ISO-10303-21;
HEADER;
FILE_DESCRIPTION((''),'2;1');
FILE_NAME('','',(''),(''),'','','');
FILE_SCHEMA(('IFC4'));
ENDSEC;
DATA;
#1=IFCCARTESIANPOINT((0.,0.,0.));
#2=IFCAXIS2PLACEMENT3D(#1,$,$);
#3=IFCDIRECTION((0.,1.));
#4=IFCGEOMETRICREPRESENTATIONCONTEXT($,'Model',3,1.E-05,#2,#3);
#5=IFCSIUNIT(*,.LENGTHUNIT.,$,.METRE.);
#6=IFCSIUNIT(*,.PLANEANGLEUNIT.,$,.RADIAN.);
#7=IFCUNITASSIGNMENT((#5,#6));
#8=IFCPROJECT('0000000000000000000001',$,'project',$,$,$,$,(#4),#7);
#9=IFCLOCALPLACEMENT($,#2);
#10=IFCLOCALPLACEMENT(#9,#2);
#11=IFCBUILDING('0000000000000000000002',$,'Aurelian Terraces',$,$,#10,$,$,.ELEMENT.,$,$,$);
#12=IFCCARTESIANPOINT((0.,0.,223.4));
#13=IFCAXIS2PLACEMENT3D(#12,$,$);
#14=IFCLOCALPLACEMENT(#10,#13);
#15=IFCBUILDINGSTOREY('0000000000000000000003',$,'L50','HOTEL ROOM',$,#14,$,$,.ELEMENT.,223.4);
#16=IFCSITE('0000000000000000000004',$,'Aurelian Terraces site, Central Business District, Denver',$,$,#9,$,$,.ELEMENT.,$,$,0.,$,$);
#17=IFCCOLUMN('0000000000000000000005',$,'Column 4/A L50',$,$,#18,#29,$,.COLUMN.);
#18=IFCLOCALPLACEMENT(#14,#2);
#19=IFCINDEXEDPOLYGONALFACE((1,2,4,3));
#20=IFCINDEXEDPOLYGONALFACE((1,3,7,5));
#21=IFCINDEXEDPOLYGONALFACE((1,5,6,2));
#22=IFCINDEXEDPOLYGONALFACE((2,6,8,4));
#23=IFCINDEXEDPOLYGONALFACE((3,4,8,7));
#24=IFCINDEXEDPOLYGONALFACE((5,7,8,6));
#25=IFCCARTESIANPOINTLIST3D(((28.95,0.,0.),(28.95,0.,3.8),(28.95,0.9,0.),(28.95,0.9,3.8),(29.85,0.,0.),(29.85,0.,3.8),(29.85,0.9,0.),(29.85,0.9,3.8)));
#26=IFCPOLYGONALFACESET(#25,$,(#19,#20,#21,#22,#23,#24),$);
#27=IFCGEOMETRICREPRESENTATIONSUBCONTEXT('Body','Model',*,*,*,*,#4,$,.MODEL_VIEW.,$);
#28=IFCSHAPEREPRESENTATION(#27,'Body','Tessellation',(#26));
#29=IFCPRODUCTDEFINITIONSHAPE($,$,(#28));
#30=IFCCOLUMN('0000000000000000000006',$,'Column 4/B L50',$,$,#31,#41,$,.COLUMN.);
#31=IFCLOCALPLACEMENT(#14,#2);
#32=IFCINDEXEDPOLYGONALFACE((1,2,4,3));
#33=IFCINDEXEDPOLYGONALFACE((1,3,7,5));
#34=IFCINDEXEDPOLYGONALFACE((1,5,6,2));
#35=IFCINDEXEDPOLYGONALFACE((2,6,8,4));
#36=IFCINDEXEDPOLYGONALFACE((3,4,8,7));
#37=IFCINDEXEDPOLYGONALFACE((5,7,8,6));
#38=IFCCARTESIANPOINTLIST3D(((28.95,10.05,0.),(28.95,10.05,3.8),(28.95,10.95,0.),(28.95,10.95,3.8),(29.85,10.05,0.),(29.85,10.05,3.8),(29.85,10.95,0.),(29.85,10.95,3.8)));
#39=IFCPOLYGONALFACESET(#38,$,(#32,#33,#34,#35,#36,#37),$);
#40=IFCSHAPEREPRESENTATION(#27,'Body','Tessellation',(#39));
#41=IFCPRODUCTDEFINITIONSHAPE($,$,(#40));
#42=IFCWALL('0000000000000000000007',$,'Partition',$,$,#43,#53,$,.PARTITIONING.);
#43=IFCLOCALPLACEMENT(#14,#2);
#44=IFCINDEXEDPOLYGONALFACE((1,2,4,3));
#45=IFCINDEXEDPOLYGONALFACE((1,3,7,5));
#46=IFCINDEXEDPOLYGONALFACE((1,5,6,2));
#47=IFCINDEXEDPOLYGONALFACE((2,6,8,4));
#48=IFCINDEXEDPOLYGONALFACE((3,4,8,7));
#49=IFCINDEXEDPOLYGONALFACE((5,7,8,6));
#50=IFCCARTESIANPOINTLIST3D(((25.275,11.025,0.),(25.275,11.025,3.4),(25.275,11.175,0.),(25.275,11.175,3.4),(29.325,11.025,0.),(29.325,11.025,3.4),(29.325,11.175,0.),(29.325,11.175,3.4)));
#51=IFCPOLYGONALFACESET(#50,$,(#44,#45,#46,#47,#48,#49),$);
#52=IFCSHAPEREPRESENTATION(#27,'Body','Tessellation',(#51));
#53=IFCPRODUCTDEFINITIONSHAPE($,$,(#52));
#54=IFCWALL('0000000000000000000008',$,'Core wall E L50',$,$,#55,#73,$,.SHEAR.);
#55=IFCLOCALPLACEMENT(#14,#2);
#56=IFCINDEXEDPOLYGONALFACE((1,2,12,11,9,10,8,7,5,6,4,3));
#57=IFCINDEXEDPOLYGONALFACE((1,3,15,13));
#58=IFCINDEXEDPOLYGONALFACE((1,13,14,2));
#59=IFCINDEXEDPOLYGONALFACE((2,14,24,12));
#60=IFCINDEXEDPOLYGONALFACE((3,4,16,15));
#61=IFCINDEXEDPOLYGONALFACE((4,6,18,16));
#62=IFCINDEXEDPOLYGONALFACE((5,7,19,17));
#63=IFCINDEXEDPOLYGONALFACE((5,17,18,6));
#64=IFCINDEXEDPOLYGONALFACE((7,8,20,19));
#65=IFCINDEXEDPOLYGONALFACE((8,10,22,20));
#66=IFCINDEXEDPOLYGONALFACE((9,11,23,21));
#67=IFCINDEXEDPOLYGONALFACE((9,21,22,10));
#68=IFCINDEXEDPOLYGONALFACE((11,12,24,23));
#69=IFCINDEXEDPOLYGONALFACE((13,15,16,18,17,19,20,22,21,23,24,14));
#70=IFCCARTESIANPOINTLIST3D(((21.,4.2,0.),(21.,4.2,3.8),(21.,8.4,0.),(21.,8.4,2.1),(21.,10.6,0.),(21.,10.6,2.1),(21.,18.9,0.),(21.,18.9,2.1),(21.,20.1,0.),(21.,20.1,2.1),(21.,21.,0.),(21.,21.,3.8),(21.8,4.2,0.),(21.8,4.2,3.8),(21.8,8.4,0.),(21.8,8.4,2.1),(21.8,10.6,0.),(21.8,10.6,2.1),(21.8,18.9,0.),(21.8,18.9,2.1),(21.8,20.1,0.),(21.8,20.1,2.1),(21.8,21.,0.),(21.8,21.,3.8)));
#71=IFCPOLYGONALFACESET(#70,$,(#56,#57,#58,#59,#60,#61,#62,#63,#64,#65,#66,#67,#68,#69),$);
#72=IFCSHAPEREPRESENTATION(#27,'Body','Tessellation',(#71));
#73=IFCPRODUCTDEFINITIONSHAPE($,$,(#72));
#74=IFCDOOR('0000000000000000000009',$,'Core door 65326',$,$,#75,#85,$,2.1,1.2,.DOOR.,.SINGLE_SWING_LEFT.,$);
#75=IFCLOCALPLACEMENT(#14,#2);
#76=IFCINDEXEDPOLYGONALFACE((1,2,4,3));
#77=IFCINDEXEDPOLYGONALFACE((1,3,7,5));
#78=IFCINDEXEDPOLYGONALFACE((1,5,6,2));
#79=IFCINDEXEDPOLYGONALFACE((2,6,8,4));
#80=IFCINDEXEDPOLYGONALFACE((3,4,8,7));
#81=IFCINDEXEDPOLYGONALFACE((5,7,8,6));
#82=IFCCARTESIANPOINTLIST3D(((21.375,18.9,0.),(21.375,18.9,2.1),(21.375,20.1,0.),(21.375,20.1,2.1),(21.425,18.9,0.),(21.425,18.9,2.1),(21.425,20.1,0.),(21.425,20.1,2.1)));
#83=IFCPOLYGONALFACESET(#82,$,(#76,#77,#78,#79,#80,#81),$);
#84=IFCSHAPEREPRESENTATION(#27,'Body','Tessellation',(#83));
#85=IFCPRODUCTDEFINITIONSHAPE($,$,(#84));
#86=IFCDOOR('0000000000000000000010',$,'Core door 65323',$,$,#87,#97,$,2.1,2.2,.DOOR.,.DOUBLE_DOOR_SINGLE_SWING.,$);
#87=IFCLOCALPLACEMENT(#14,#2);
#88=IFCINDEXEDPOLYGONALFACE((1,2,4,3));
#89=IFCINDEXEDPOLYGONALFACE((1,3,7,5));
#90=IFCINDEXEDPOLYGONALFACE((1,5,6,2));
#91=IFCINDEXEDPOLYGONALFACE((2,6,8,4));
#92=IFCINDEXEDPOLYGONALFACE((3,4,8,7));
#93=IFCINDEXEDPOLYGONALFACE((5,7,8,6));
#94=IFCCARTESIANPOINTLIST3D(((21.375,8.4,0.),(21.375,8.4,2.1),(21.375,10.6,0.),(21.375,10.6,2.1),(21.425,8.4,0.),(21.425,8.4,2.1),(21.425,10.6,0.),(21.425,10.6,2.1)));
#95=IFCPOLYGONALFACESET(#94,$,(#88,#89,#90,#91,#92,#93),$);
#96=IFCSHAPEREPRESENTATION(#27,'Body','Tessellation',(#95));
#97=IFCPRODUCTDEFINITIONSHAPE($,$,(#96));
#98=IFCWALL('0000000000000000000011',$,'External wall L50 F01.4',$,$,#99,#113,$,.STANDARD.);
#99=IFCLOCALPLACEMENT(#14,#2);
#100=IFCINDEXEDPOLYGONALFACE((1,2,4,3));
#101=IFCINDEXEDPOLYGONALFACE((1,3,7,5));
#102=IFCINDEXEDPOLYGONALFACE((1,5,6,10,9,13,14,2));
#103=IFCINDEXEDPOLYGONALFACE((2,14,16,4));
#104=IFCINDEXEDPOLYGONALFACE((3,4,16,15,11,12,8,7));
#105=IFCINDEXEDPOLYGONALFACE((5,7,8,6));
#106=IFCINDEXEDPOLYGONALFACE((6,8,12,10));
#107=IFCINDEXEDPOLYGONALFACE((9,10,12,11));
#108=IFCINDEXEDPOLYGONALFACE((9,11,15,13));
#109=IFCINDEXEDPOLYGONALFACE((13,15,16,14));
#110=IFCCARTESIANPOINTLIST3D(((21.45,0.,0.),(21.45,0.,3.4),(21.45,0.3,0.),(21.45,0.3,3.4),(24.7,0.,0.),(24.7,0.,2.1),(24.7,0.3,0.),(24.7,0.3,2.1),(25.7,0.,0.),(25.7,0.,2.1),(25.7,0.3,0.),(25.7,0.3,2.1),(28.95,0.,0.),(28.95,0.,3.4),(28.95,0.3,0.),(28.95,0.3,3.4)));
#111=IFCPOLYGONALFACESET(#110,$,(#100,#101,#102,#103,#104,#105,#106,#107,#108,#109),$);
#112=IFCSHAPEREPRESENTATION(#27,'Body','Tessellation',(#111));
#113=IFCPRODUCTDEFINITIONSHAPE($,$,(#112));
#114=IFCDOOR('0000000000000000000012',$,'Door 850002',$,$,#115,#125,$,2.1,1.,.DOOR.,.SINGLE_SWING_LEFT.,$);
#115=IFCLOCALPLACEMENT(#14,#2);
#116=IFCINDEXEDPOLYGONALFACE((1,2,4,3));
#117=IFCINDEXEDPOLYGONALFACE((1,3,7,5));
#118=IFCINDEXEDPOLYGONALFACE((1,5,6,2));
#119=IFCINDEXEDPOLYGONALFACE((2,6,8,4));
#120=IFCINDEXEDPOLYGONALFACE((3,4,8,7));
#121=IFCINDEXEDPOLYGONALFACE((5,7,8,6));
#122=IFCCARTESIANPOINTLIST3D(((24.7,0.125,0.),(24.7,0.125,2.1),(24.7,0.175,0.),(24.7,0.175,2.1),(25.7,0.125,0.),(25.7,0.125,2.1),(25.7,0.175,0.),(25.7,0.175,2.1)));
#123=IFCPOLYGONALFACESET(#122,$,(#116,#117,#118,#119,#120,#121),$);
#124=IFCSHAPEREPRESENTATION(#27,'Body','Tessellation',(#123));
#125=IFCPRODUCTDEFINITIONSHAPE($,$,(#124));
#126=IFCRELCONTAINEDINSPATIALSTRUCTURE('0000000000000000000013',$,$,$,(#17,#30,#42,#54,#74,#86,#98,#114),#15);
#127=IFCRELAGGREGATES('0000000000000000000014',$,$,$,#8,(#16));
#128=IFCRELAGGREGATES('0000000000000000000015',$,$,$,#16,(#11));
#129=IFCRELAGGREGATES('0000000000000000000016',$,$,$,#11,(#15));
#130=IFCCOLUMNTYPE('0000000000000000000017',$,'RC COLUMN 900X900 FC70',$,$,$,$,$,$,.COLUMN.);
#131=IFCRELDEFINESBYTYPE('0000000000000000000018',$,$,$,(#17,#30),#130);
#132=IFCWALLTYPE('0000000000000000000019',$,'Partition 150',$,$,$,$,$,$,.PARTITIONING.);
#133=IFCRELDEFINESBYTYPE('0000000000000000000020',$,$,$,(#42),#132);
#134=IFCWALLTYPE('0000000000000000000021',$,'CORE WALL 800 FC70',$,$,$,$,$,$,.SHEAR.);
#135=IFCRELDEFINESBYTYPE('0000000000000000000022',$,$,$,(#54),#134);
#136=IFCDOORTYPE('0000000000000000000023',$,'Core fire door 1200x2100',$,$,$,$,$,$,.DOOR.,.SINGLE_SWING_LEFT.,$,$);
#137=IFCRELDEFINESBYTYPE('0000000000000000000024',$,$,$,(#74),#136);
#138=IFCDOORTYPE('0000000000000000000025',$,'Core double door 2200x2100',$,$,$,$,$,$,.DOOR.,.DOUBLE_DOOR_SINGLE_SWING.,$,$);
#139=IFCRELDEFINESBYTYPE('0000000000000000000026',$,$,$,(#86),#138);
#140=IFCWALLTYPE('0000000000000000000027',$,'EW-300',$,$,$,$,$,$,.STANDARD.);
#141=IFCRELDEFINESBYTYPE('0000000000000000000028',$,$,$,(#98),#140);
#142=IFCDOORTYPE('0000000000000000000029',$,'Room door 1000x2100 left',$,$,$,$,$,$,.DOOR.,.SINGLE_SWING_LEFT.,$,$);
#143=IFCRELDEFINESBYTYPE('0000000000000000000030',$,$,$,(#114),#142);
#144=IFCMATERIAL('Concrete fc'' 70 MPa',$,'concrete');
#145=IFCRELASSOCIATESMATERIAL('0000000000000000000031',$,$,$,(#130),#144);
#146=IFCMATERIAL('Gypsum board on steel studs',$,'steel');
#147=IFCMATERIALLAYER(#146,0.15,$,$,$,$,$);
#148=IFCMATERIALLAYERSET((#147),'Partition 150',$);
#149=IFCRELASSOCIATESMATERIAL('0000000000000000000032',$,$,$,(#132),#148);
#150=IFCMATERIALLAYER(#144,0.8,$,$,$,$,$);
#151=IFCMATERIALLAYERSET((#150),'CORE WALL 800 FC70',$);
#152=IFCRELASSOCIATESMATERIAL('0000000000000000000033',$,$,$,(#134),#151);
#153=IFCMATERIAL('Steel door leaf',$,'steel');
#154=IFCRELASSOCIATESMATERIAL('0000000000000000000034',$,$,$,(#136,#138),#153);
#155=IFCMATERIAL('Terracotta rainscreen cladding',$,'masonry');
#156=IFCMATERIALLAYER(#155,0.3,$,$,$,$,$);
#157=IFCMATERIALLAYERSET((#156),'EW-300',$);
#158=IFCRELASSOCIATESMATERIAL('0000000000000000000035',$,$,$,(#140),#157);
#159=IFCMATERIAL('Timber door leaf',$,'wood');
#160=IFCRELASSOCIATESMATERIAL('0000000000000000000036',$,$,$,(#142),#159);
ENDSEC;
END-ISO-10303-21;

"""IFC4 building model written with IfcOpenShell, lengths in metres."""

from ifc_helpers import new_model, si_unit, direction, frame, frame_2d, origin, origin_2d, place, context, subcontext, project, spatial, rectangle, extrude, source, transform, mapped, material, layer, layer_set, material_profile, profile_set, type_object, element, fill, save


model = new_model("IFC4")

# Units and contexts
model_context = context("Model", 3, precision=1e-05, world=origin(), true_north=direction((0.0, 1.0)))
body_context = subcontext(model_context, "Body", "Model", "MODEL_VIEW")
ifc_project = project(units=[si_unit("LENGTHUNIT", "METRE"), si_unit("PLANEANGLEUNIT", "RADIAN")], contexts=[model_context])

# Site, building, storey
site_placement = place(None, origin())
site = spatial("IfcSite", under=ifc_project, at=site_placement, Name="Aurelian Terraces site, Central Business District, Denver", CompositionType="ELEMENT", RefElevation=0.0)
building_placement = place(site_placement, origin())
building = spatial("IfcBuilding", under=site, at=building_placement, Name="Aurelian Terraces", CompositionType="ELEMENT")
storey_placement = place(building_placement, frame((0.0, 0.0, 223.4)))
storey = spatial("IfcBuildingStorey", under=building, at=storey_placement, Name="L50", Description="HOTEL ROOM", CompositionType="ELEMENT", Elevation=223.4)

# Columns
ifc_material_1 = material(Name="Concrete fc' 70 MPa", Category="concrete")
ifc_material_profile = material_profile(ifc_material_1, rectangle(XDim=0.9, YDim=0.9, at=origin_2d()))
ifc_profile_set = profile_set([ifc_material_profile], Name="Concrete fc' 70 MPa")
column_type = type_object("IfcColumnType", Name="RC COLUMN 900X900 FC70", PredefinedType="COLUMN", material=ifc_profile_set)
shared_shape_1 = source(origin(), body_context, "Body", "SweptSolid", [
    extrude(rectangle(XDim=0.9, YDim=0.9, at=origin_2d()), origin(), (0.0, 0.0, 1.0), 3.8),
])
for number, where, z_axis, x_axis, name in (
    (1, (29.4, 0.45, 0.0), (0.0, 0.0, 1.0), (1.0, 0.0, 0.0), "Column 4/A L50"),
    (2, (29.4, 10.5, 0.0), (0.0, 0.0, 1.0), (1.0, 0.0, 0.0), "Column 4/B L50"),
):
    element("IfcColumn", number, at=place(storey_placement, frame(where, z_axis=z_axis, x_axis=x_axis)), inside=storey, type_object=column_type, Name=name, PredefinedType="COLUMN", context=body_context, shape_type="MappedRepresentation", body=[
        mapped(shared_shape_1, transform((0.0, 0.0, 0.0), scale=1.0)),
    ])

# Wall
ifc_material_2 = material(Name="Gypsum board on steel studs", Category="steel")
ifc_layer_1 = layer(ifc_material_2, 0.15)
ifc_layer_set_1 = layer_set([ifc_layer_1], Name="Partition 150")
wall_type_1 = type_object("IfcWallType", Name="Partition 150", PredefinedType="PARTITIONING", material=ifc_layer_set_1)
wall_1_placement = place(storey_placement, frame((29.325, 11.1, 0.0), z_axis=(0.0, 0.0, 1.0), x_axis=(-1.0, 0.0, 0.0)))
element("IfcWall", 3, at=wall_1_placement, inside=storey, type_object=wall_type_1, Name="Partition", PredefinedType="PARTITIONING", context=body_context, shape_type="SweptSolid", body=[
    extrude(rectangle(XDim=4.05, YDim=0.15, at=frame_2d((2.025, 0.0))), origin(), (0.0, 0.0, 1.0), 3.4),
])

# Wall, openings, doors
ifc_layer_2 = layer(ifc_material_1, 0.8)
ifc_layer_set_2 = layer_set([ifc_layer_2], Name="CORE WALL 800 FC70")
wall_type_2 = type_object("IfcWallType", Name="CORE WALL 800 FC70", PredefinedType="SHEAR", material=ifc_layer_set_2)
shared_shape_2 = source(origin(), body_context, "Body", "SweptSolid", [
    extrude(rectangle(XDim=16.8, YDim=0.8, at=frame_2d((8.4, 0.0))), origin(), (0.0, 0.0, 1.0), 3.8),
])
wall_2_placement = place(storey_placement, frame((21.4, 4.2, 0.0), z_axis=(0.0, 0.0, 1.0), x_axis=(0.0, 1.0, 0.0)))
wall_2 = element("IfcWall", 4, at=wall_2_placement, inside=storey, type_object=wall_type_2, Name="Core wall E L50", PredefinedType="SHEAR", context=body_context, shape_type="MappedRepresentation", body=[
    mapped(shared_shape_2, transform((0.0, 0.0, 0.0), scale=1.0)),
])
shared_shape_3 = source(origin(), body_context, "Body", "SweptSolid", [
    extrude(rectangle(XDim=2.2, YDim=2.1, at=frame_2d((1.1, 1.05))), frame((0.0, 0.41, 0.0), z_axis=(0.0, -1.0, 0.0), x_axis=(1.0, 0.0, 0.0)), (0.0, 0.0, 1.0), 0.82),
])
opening_1_placement = place(wall_2_placement, frame((4.2, 0.0, 0.0)))
opening_1 = element("IfcOpeningElement", 5, at=opening_1_placement, cuts=wall_2, PredefinedType="OPENING", context=body_context, shape_type="MappedRepresentation", body=[
    mapped(shared_shape_3, transform((0.0, 0.0, 0.0), scale=1.0)),
])
shared_shape_4 = source(origin(), body_context, "Body", "SweptSolid", [
    extrude(rectangle(XDim=1.2, YDim=2.1, at=frame_2d((0.6, 1.05))), frame((0.0, 0.41, 0.0), z_axis=(0.0, -1.0, 0.0), x_axis=(1.0, 0.0, 0.0)), (0.0, 0.0, 1.0), 0.82),
])
opening_2_placement = place(wall_2_placement, frame((14.7, 0.0, 0.0)))
opening_2 = element("IfcOpeningElement", 6, at=opening_2_placement, cuts=wall_2, PredefinedType="OPENING", context=body_context, shape_type="MappedRepresentation", body=[
    mapped(shared_shape_4, transform((0.0, 0.0, 0.0), scale=1.0)),
])
ifc_material_3 = material(Name="Steel door leaf", Category="steel")
door_type_1 = type_object("IfcDoorType", Name="Core fire door 1200x2100", OperationType="SINGLE_SWING_LEFT", PredefinedType="DOOR", material=ifc_material_3)
shared_shape_5 = source(origin(), body_context, "Body", "SweptSolid", [
    extrude(rectangle(XDim=1.2, YDim=2.1, at=frame_2d((0.6, 1.05))), frame((0.0, 0.025, 0.0), z_axis=(0.0, -1.0, 0.0), x_axis=(1.0, 0.0, 0.0)), (0.0, 0.0, 1.0), 0.05),
])
door_1_placement = place(opening_2_placement, origin())
door_1 = element("IfcDoor", 7, at=door_1_placement, inside=storey, type_object=door_type_1, Name="Core door 65326", OperationType="SINGLE_SWING_LEFT", OverallHeight=2.1, OverallWidth=1.2, PredefinedType="DOOR", context=body_context, shape_type="MappedRepresentation", body=[
    mapped(shared_shape_5, transform((0.0, 0.0, 0.0), scale=1.0)),
])
fill(opening_2, door_1)
door_type_2 = type_object("IfcDoorType", Name="Core double door 2200x2100", OperationType="DOUBLE_DOOR_SINGLE_SWING", PredefinedType="DOOR", material=ifc_material_3)
shared_shape_6 = source(origin(), body_context, "Body", "SweptSolid", [
    extrude(rectangle(XDim=2.2, YDim=2.1, at=frame_2d((1.1, 1.05))), frame((0.0, 0.025, 0.0), z_axis=(0.0, -1.0, 0.0), x_axis=(1.0, 0.0, 0.0)), (0.0, 0.0, 1.0), 0.05),
])
door_2_placement = place(opening_1_placement, origin())
door_2 = element("IfcDoor", 8, at=door_2_placement, inside=storey, type_object=door_type_2, Name="Core door 65323", OperationType="DOUBLE_DOOR_SINGLE_SWING", OverallHeight=2.1, OverallWidth=2.2, PredefinedType="DOOR", context=body_context, shape_type="MappedRepresentation", body=[
    mapped(shared_shape_6, transform((0.0, 0.0, 0.0), scale=1.0)),
])
fill(opening_1, door_2)

# Wall, opening, door
ifc_material_4 = material(Name="Terracotta rainscreen cladding", Category="masonry")
ifc_layer_3 = layer(ifc_material_4, 0.3)
ifc_layer_set_3 = layer_set([ifc_layer_3], Name="EW-300")
wall_type_3 = type_object("IfcWallType", Name="EW-300", PredefinedType="STANDARD", material=ifc_layer_set_3)
shared_shape_7 = source(origin(), body_context, "Body", "SweptSolid", [
    extrude(rectangle(XDim=7.5, YDim=0.3, at=frame_2d((3.75, 0.0))), origin(), (0.0, 0.0, 1.0), 3.4),
])
wall_3_placement = place(storey_placement, frame((21.45, 0.15, 0.0), z_axis=(0.0, 0.0, 1.0), x_axis=(1.0, 0.0, 0.0)))
wall_3 = element("IfcWall", 9, at=wall_3_placement, inside=storey, type_object=wall_type_3, Name="External wall L50 F01.4", PredefinedType="STANDARD", context=body_context, shape_type="MappedRepresentation", body=[
    mapped(shared_shape_7, transform((0.0, 0.0, 0.0), scale=1.0)),
])
shared_shape_8 = source(origin(), body_context, "Body", "SweptSolid", [
    extrude(rectangle(XDim=1.0, YDim=2.1, at=frame_2d((0.5, 1.05))), frame((0.0, 0.16, 0.0), z_axis=(0.0, -1.0, 0.0), x_axis=(1.0, 0.0, 0.0)), (0.0, 0.0, 1.0), 0.32),
])
opening_3_placement = place(wall_3_placement, frame((3.25, 0.0, 0.0)))
opening_3 = element("IfcOpeningElement", 10, at=opening_3_placement, cuts=wall_3, PredefinedType="OPENING", context=body_context, shape_type="MappedRepresentation", body=[
    mapped(shared_shape_8, transform((0.0, 0.0, 0.0), scale=1.0)),
])
ifc_material_5 = material(Name="Timber door leaf", Category="wood")
door_type_3 = type_object("IfcDoorType", Name="Room door 1000x2100 left", OperationType="SINGLE_SWING_LEFT", PredefinedType="DOOR", material=ifc_material_5)
shared_shape_9 = source(origin(), body_context, "Body", "SweptSolid", [
    extrude(rectangle(XDim=1.0, YDim=2.1, at=frame_2d((0.5, 1.05))), frame((0.0, 0.025, 0.0), z_axis=(0.0, -1.0, 0.0), x_axis=(1.0, 0.0, 0.0)), (0.0, 0.0, 1.0), 0.05),
])
door_3_placement = place(opening_3_placement, origin())
door_3 = element("IfcDoor", 11, at=door_3_placement, inside=storey, type_object=door_type_3, Name="Door 850002", OperationType="SINGLE_SWING_LEFT", OverallHeight=2.1, OverallWidth=1.0, PredefinedType="DOOR", context=body_context, shape_type="MappedRepresentation", body=[
    mapped(shared_shape_9, transform((0.0, 0.0, 0.0), scale=1.0)),
])
fill(opening_3, door_3)

save(model, "model.ifc")
